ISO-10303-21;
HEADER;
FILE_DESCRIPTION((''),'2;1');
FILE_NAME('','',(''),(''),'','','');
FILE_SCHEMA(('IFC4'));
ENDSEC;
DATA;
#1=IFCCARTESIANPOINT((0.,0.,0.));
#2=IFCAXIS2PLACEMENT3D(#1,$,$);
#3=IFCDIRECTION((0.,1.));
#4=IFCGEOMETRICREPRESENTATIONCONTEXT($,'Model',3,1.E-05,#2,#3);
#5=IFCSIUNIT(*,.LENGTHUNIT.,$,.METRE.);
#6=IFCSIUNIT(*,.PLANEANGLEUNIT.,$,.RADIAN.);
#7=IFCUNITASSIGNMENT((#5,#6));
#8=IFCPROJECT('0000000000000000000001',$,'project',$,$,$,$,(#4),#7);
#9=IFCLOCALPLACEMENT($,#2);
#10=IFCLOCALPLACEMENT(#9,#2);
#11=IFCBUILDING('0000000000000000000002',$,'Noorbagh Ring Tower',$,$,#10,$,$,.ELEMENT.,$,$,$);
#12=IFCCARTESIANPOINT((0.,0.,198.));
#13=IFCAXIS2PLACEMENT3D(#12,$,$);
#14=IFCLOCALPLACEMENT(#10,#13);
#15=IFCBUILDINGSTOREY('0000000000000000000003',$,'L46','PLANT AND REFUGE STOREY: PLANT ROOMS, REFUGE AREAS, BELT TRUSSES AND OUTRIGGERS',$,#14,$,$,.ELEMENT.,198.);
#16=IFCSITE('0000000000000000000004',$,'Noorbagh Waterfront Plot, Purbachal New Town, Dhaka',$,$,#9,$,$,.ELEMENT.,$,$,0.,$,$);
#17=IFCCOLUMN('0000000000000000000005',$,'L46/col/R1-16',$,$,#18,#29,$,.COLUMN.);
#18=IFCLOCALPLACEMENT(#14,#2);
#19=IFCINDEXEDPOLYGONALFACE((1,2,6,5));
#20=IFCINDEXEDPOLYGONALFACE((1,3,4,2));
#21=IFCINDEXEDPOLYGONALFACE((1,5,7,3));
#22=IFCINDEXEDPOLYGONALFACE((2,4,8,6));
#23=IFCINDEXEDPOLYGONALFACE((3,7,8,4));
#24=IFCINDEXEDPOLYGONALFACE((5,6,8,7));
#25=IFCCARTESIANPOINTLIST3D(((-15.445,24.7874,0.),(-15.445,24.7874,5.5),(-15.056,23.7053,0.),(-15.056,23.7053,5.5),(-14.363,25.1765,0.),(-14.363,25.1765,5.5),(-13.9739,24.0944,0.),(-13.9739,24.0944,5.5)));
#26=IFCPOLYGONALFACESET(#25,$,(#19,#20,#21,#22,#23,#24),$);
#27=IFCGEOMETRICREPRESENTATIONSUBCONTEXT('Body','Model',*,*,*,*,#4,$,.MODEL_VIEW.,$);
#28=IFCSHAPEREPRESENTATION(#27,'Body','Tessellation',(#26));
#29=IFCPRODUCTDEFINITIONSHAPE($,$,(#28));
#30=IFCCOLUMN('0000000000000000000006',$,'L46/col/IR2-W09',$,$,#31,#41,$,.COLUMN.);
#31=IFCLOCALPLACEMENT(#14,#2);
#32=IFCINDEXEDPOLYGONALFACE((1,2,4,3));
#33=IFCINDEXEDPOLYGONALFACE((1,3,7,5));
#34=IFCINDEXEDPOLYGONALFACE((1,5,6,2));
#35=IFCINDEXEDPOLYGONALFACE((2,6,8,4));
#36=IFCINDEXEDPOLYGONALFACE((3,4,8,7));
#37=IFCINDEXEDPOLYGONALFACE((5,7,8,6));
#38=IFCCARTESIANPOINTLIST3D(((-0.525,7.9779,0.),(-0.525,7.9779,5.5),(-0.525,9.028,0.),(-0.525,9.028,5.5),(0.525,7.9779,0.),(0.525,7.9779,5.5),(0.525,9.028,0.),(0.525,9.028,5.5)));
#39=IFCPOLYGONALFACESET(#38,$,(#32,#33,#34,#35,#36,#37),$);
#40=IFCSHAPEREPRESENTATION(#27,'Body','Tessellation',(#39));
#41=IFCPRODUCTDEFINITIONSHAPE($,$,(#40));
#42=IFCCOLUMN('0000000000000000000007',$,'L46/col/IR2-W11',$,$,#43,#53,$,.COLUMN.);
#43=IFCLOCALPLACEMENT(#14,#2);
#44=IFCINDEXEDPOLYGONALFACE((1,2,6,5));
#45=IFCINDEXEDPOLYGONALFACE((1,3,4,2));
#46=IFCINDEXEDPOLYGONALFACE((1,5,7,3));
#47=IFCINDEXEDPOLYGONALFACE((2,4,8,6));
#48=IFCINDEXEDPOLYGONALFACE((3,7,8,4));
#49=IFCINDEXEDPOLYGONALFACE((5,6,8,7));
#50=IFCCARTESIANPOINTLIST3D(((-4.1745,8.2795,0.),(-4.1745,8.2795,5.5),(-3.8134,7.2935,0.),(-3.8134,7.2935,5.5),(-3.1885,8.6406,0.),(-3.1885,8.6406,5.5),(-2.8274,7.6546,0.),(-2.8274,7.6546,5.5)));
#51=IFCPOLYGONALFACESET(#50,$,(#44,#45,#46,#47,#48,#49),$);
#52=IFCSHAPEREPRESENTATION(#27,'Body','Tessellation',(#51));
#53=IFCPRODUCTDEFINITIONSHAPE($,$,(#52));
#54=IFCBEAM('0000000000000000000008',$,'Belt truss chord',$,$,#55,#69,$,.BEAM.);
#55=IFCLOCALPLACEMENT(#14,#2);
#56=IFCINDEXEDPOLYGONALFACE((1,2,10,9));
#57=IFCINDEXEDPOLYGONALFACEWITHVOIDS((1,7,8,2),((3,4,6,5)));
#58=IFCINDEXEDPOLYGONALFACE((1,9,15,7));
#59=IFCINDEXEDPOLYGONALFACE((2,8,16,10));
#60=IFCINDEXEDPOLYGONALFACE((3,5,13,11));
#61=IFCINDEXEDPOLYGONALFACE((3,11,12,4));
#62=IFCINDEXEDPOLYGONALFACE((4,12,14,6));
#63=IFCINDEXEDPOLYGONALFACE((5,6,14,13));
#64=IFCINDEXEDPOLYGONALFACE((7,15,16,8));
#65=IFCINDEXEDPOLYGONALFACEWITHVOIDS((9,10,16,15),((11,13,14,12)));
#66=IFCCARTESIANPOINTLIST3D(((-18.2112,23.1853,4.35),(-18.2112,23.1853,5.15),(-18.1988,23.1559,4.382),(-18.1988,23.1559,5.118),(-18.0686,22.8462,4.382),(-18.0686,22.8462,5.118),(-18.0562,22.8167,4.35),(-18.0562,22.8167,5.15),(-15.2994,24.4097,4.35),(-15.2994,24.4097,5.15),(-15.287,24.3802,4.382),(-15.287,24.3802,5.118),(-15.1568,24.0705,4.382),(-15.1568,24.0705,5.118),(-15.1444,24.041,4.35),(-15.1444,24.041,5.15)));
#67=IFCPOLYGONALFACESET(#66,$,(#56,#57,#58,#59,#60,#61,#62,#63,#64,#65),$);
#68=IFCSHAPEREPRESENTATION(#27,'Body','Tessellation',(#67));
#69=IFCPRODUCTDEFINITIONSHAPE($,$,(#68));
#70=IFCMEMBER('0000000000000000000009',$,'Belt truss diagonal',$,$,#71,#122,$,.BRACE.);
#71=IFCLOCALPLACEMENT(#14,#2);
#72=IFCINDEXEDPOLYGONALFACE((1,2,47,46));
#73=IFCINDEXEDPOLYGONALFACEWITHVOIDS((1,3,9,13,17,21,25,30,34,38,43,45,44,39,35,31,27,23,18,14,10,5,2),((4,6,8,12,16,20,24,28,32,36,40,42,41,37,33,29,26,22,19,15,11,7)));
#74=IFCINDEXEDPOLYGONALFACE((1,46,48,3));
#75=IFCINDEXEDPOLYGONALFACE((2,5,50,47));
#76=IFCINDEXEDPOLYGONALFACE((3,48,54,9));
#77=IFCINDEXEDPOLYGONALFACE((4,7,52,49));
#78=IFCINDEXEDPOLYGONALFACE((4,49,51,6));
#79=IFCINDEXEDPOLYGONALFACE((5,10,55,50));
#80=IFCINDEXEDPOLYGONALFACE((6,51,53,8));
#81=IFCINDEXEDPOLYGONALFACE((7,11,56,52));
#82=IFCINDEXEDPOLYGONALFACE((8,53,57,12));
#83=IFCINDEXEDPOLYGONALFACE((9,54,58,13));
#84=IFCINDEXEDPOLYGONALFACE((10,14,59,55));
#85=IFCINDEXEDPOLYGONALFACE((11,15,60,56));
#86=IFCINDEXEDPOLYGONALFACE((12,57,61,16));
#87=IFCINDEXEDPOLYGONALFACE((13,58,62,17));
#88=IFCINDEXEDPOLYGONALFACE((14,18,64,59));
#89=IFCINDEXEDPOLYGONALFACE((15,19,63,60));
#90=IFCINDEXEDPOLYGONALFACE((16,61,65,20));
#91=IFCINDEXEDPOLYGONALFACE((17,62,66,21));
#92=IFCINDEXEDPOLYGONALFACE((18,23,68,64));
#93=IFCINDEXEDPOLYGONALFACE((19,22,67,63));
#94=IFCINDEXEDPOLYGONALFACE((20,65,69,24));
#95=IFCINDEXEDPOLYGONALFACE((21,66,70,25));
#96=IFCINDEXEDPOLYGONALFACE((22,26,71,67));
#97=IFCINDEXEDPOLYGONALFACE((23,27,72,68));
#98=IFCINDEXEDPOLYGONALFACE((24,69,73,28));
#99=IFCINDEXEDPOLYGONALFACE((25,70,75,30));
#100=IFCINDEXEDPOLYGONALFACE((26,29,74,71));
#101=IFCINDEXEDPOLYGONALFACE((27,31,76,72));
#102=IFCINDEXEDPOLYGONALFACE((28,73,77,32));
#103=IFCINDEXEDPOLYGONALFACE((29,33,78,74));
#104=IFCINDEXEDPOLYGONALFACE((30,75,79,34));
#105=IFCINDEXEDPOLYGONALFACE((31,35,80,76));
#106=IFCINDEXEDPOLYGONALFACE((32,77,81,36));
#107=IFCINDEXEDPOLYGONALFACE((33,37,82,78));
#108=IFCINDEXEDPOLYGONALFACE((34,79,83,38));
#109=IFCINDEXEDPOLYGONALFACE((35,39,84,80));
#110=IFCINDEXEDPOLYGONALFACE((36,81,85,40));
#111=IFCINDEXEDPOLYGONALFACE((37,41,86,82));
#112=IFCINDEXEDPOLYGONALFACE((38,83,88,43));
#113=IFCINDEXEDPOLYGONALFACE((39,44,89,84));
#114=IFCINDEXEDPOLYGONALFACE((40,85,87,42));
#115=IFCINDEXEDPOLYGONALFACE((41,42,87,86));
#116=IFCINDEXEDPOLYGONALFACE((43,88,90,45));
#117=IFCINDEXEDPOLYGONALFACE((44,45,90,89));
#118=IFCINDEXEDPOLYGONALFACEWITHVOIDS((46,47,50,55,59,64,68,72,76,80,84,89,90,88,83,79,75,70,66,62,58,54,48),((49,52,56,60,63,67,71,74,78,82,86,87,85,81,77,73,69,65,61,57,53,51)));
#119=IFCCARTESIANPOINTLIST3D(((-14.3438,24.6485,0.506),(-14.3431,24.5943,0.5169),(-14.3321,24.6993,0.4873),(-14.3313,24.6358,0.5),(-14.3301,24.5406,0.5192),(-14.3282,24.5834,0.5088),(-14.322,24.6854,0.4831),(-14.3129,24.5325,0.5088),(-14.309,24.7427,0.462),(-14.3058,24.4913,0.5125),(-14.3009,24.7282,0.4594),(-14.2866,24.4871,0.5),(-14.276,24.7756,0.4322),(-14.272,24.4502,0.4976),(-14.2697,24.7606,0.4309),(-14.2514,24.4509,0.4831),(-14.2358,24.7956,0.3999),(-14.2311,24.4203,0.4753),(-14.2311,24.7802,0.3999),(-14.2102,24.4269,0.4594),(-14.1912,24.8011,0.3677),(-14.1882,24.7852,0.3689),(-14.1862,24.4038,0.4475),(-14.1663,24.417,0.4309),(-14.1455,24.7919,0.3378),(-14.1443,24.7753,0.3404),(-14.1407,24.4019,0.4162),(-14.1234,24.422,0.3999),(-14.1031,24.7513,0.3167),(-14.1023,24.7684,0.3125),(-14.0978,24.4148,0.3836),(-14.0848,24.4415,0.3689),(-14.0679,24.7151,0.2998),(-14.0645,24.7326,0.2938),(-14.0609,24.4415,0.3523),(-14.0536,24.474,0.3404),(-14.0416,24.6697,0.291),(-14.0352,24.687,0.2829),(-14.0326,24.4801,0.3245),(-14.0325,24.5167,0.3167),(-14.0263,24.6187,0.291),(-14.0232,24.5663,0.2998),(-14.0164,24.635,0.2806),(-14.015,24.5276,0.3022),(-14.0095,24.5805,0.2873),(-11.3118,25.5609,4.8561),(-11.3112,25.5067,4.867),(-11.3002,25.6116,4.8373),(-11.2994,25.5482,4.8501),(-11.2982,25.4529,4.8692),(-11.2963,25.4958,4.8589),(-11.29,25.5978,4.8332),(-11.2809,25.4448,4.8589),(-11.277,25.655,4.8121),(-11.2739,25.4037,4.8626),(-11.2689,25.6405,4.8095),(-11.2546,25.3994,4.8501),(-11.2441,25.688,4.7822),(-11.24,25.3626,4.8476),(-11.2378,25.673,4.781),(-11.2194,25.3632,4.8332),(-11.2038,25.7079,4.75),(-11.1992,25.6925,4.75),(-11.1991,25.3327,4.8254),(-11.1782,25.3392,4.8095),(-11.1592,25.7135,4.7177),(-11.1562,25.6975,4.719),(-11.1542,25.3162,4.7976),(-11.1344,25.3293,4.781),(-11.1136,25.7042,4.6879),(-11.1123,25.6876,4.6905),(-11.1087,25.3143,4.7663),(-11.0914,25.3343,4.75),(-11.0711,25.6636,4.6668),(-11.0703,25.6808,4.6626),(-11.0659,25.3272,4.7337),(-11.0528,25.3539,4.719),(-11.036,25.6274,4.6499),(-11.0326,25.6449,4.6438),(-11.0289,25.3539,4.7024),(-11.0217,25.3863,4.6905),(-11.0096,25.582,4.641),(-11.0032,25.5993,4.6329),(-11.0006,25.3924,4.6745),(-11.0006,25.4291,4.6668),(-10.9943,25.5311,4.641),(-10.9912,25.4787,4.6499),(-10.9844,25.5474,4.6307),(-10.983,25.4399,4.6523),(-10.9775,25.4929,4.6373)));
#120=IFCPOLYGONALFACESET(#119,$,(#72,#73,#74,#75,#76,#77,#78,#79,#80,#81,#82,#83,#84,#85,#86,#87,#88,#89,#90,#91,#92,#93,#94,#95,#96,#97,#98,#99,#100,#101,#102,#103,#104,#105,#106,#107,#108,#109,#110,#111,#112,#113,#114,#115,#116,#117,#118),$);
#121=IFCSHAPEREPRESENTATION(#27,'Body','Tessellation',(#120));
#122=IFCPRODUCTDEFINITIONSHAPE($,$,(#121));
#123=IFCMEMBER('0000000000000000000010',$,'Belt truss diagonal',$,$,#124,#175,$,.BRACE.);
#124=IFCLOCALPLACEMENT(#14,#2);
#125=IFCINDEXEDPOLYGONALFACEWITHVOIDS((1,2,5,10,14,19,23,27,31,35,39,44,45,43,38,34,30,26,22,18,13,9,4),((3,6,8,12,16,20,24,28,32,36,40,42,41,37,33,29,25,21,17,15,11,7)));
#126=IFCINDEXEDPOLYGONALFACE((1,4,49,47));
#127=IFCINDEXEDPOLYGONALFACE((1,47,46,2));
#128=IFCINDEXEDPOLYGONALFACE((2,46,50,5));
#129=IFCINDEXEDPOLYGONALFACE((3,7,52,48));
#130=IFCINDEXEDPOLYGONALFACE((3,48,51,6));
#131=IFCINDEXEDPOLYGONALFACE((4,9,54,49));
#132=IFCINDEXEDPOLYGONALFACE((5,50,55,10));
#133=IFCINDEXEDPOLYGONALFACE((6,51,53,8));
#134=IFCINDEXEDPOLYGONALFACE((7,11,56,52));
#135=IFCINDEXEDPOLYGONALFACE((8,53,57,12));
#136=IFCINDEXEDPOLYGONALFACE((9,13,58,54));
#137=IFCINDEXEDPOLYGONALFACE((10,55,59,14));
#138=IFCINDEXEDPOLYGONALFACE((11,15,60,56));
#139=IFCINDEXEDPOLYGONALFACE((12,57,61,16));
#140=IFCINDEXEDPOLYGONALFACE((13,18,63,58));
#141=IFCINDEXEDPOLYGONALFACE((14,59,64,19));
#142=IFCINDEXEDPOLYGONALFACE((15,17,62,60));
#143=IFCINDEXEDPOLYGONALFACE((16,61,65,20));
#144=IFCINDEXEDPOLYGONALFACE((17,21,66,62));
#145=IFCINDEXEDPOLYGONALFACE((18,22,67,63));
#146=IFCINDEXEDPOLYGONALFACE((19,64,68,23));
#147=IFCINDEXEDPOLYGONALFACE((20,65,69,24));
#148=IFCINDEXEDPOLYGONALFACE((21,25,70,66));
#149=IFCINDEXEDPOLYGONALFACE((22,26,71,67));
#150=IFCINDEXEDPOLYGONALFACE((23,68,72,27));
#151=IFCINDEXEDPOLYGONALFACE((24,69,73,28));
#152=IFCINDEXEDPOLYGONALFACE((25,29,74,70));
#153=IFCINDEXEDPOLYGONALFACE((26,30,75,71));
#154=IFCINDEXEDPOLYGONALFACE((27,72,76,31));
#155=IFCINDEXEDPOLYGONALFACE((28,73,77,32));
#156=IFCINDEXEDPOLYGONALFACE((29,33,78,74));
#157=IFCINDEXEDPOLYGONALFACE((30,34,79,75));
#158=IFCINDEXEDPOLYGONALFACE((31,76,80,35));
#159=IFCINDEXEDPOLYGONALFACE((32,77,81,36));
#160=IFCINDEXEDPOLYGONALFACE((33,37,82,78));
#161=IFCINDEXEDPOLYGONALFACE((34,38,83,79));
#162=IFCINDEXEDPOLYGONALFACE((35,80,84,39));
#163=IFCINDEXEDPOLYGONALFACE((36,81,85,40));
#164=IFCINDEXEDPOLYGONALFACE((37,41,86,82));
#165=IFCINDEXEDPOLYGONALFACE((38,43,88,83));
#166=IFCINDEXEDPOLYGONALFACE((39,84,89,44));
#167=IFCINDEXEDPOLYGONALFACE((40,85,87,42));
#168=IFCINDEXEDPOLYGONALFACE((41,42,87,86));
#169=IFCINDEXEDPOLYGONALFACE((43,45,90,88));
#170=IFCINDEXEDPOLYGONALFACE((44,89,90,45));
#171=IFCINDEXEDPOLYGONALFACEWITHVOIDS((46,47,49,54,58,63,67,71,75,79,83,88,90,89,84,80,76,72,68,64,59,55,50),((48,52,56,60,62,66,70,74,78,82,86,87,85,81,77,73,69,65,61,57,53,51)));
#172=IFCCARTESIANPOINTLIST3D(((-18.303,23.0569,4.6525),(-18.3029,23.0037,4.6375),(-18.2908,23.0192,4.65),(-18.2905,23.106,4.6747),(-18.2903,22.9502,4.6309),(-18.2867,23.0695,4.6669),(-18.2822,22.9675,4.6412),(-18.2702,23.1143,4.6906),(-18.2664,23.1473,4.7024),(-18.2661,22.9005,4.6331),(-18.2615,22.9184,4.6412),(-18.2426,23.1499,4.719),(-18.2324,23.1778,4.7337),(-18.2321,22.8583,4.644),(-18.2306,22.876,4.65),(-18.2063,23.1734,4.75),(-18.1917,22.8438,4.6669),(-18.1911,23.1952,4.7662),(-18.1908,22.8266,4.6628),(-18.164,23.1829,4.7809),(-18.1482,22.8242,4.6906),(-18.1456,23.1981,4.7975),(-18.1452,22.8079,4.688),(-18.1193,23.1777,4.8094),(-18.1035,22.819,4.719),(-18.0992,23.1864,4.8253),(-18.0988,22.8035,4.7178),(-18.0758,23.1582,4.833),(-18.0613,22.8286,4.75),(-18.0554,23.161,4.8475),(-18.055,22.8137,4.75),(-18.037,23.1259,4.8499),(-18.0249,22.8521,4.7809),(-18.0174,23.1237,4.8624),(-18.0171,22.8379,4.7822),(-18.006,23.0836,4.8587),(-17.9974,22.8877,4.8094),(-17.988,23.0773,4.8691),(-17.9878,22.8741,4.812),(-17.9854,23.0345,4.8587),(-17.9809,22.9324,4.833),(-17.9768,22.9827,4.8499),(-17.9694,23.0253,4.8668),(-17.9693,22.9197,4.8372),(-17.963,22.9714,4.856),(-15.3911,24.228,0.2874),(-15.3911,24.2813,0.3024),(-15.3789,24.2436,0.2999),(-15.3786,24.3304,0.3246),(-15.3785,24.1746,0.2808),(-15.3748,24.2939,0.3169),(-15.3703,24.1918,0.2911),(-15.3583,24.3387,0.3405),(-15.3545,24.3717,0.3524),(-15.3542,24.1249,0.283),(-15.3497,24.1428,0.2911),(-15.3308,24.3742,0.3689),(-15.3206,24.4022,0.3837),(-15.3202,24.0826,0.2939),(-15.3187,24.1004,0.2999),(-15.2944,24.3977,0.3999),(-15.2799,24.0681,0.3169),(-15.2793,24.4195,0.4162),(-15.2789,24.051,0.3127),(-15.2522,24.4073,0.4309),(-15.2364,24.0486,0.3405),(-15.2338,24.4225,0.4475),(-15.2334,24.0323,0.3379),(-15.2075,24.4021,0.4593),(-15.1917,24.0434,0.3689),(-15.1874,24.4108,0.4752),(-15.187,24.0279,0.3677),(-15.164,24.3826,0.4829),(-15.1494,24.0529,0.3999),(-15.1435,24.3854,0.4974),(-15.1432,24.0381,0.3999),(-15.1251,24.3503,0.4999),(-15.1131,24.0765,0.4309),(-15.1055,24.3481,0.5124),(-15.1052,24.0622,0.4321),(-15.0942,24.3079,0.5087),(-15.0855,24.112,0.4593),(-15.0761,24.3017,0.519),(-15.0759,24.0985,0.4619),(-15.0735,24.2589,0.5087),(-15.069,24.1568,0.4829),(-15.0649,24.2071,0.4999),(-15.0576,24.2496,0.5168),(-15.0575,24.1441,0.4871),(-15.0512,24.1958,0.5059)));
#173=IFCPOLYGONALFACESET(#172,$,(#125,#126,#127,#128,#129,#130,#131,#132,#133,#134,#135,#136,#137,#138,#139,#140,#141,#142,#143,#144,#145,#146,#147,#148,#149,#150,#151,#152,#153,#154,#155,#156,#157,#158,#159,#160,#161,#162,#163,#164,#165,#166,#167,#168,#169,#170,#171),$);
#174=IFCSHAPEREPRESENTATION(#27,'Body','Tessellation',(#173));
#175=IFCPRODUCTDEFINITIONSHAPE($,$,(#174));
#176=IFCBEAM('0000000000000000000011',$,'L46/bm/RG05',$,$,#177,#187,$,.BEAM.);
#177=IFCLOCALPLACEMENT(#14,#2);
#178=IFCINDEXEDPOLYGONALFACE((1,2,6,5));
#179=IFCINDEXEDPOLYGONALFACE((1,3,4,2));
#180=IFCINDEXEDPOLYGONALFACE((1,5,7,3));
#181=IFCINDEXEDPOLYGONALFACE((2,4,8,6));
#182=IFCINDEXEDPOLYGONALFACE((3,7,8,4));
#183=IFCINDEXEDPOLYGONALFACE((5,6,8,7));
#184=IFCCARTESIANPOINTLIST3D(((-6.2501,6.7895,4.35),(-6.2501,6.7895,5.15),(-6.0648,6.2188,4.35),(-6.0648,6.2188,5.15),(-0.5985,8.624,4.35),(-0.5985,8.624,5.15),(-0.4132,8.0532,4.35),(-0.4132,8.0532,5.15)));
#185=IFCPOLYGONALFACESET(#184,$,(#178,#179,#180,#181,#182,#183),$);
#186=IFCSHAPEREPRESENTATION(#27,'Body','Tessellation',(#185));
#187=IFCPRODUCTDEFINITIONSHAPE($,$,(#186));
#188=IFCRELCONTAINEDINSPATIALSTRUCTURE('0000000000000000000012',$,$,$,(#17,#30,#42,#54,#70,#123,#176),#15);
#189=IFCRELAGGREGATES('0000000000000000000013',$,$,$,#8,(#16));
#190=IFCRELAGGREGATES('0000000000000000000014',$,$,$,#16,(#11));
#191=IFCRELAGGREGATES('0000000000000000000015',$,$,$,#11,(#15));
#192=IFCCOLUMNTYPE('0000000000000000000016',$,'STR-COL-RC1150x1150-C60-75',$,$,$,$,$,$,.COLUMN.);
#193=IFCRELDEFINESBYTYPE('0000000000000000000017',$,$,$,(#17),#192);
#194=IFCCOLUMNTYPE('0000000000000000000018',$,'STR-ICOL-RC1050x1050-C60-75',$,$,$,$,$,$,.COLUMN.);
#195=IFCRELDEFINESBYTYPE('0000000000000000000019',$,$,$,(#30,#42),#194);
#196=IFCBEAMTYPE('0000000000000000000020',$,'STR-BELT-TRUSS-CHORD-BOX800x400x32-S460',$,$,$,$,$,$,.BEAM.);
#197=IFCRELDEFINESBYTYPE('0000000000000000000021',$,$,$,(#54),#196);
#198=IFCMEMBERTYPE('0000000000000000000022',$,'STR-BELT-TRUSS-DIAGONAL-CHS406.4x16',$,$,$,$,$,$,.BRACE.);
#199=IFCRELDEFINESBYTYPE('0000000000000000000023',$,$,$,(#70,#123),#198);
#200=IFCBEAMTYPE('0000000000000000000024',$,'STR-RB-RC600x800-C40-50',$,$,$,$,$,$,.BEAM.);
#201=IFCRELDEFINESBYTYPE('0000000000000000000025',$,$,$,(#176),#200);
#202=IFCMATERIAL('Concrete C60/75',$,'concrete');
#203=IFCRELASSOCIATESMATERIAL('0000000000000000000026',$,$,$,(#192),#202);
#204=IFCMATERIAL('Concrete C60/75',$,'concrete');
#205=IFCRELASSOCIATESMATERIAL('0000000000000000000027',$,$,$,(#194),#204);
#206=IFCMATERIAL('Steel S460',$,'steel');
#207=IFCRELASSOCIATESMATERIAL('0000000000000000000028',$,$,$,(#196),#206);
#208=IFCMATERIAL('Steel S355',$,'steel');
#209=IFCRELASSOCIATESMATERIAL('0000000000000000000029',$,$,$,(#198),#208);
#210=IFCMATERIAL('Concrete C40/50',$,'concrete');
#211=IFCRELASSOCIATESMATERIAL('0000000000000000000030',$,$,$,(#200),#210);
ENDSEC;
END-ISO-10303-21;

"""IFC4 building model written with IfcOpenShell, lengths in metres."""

from ifc_helpers import new_model, si_unit, direction, frame, origin, origin_2d, place, context, subcontext, project, spatial, rectangle, hollow_rectangle, hollow_circle, extrude, material, material_profile, profile_set, type_object, element, save


model = new_model("IFC4")

# Units and contexts
model_context = context("Model", 3, precision=1e-05, world=origin(), true_north=direction((0.0, 1.0)))
body_context = subcontext(model_context, "Body", "Model", "MODEL_VIEW")
ifc_project = project(units=[si_unit("LENGTHUNIT", "METRE"), si_unit("PLANEANGLEUNIT", "RADIAN")], contexts=[model_context])

# Site, building, storey
site_placement = place(None, origin())
site = spatial("IfcSite", under=ifc_project, at=site_placement, Name="Noorbagh Waterfront Plot, Purbachal New Town, Dhaka", CompositionType="ELEMENT", RefElevation=0.0)
building_placement = place(site_placement, origin())
building = spatial("IfcBuilding", under=site, at=building_placement, Name="Noorbagh Ring Tower", CompositionType="ELEMENT")
storey_placement = place(building_placement, frame((0.0, 0.0, 198.0)))
storey = spatial("IfcBuildingStorey", under=building, at=storey_placement, Name="L46", Description="PLANT AND REFUGE STOREY: PLANT ROOMS, REFUGE AREAS, BELT TRUSSES AND OUTRIGGERS", CompositionType="ELEMENT", Elevation=198.0)

# Columns
ifc_material_1 = material(Name="Concrete C60/75", Category="concrete")
ifc_material_profile_1 = material_profile(ifc_material_1, rectangle(XDim=1.1499, YDim=1.1499, at=origin_2d()), Name="RC1150x1150")
ifc_profile_set_1 = profile_set([ifc_material_profile_1], Name="Concrete C60/75")
column_type_1 = type_object("IfcColumnType", Name="STR-COL-RC1150x1150-C60-75", PredefinedType="COLUMN", material=ifc_profile_set_1)
column_placement = place(storey_placement, frame((-14.7095, 24.4409, 0.0), z_axis=(0.0, 0.0, 1.0), x_axis=(-0.941025, -0.338338, 0.0)))
element("IfcColumn", 1, at=column_placement, inside=storey, type_object=column_type_1, Name="L46/col/R1-16", PredefinedType="COLUMN", context=body_context, shape_type="SweptSolid", body=[
    extrude(rectangle(XDim=1.1499, YDim=1.1499, at=origin_2d()), origin(), (0.0, 0.0, 1.0), 5.5),
])
ifc_material_2 = material(Name="Concrete C60/75", Category="concrete")
ifc_material_profile_2 = material_profile(ifc_material_2, rectangle(XDim=1.05, YDim=1.05, at=origin_2d()), Name="RC1050x1050")
ifc_profile_set_2 = profile_set([ifc_material_profile_2], Name="Concrete C60/75")
column_type_2 = type_object("IfcColumnType", Name="STR-ICOL-RC1050x1050-C60-75", PredefinedType="COLUMN", material=ifc_profile_set_2)
for number, where, z_axis, x_axis, name in (
    (2, (0.0, 8.5029, 0.0), (0.0, 0.0, 1.0), (-1.0, 0.0, 0.0), "L46/col/IR2-W09"),
    (3, (-3.501, 7.967, 0.0), (0.0, 0.0, 1.0), (-0.93902, -0.343864, 0.0), "L46/col/IR2-W11"),
):
    element("IfcColumn", number, at=place(storey_placement, frame(where, z_axis=z_axis, x_axis=x_axis)), inside=storey, type_object=column_type_2, Name=name, PredefinedType="COLUMN", context=body_context, shape_type="SweptSolid", body=[
        extrude(rectangle(XDim=1.05, YDim=1.05, at=origin_2d()), origin(), (0.0, 0.0, 1.0), 5.5),
    ])

# Beam
ifc_material_3 = material(Name="Steel S460", Category="steel")
ifc_material_profile_3 = material_profile(ifc_material_3, hollow_rectangle(XDim=0.3999, YDim=0.8, WallThickness=0.032, at=origin_2d()), Name="BOX800x400x32")
ifc_profile_set_3 = profile_set([ifc_material_profile_3], Name="Steel S460")
beam_type_1 = type_object("IfcBeamType", Name="STR-BELT-TRUSS-CHORD-BOX800x400x32-S460", PredefinedType="BEAM", material=ifc_profile_set_3)
beam_1_placement = place(storey_placement, frame((-15.2219, 24.2253, 4.75), z_axis=(-0.921826, -0.387604, 0.0), x_axis=(0.387604, -0.921826, 0.0)))
element("IfcBeam", 4, at=beam_1_placement, inside=storey, type_object=beam_type_1, Name="Belt truss chord", PredefinedType="BEAM", context=body_context, shape_type="SweptSolid", body=[
    extrude(hollow_rectangle(XDim=0.3999, YDim=0.8, WallThickness=0.032, at=origin_2d()), origin(), (0.0, 0.0, 1.0), 3.1587),
])

# Members
ifc_material_4 = material(Name="Steel S355", Category="steel")
ifc_material_profile_4 = material_profile(ifc_material_4, hollow_circle(Radius=0.2031, WallThickness=0.0161, at=origin_2d()), Name="CHS406.4x16")
ifc_profile_set_4 = profile_set([ifc_material_profile_4], Name="Steel S355")
member_type = type_object("IfcMemberType", Name="STR-BELT-TRUSS-DIAGONAL-CHS406.4x16", PredefinedType="BRACE", material=ifc_profile_set_4)
member_1_placement = place(storey_placement, frame((-14.1772, 24.6011, 0.3999), z_axis=(0.563524, 0.16957, 0.808509), x_axis=(-0.288147, 0.957586, 0.0)))
element("IfcMember", 5, at=member_1_placement, inside=storey, type_object=member_type, Name="Belt truss diagonal", PredefinedType="BRACE", context=body_context, shape_type="SweptSolid", body=[
    extrude(hollow_circle(Radius=0.2031, WallThickness=0.0161, at=origin_2d()), origin(), (0.0, 0.0, 1.0), 5.3804),
])
member_2_placement = place(storey_placement, frame((-15.2219, 24.2253, 0.3999), z_axis=(-0.541642, -0.227746, 0.80917), x_axis=(0.387604, -0.921826, 0.0)))
element("IfcMember", 6, at=member_2_placement, inside=storey, type_object=member_type, Name="Belt truss diagonal", PredefinedType="BRACE", context=body_context, shape_type="SweptSolid", body=[
    extrude(hollow_circle(Radius=0.2031, WallThickness=0.0161, at=origin_2d()), origin(), (0.0, 0.0, 1.0), 5.376),
])

# Beam
ifc_material_5 = material(Name="Concrete C40/50", Category="concrete")
ifc_material_profile_5 = material_profile(ifc_material_5, rectangle(XDim=0.6001, YDim=0.8, at=origin_2d()), Name="RC600x800")
ifc_profile_set_5 = profile_set([ifc_material_profile_5], Name="Concrete C40/50")
beam_type_2 = type_object("IfcBeamType", Name="STR-RB-RC600x800-C40-50", PredefinedType="BEAM", material=ifc_profile_set_5)
beam_2_placement = place(storey_placement, frame((-0.5059, 8.3386, 4.75), z_axis=(-0.951148, -0.308736, 0.0), x_axis=(0.308736, -0.951148, 0.0)))
element("IfcBeam", 7, at=beam_2_placement, inside=storey, type_object=beam_type_2, Name="L46/bm/RG05", PredefinedType="BEAM", context=body_context, shape_type="SweptSolid", body=[
    extrude(rectangle(XDim=0.6001, YDim=0.8, at=origin_2d()), origin(), (0.0, 0.0, 1.0), 5.9419),
])

save(model, "model.ifc")
